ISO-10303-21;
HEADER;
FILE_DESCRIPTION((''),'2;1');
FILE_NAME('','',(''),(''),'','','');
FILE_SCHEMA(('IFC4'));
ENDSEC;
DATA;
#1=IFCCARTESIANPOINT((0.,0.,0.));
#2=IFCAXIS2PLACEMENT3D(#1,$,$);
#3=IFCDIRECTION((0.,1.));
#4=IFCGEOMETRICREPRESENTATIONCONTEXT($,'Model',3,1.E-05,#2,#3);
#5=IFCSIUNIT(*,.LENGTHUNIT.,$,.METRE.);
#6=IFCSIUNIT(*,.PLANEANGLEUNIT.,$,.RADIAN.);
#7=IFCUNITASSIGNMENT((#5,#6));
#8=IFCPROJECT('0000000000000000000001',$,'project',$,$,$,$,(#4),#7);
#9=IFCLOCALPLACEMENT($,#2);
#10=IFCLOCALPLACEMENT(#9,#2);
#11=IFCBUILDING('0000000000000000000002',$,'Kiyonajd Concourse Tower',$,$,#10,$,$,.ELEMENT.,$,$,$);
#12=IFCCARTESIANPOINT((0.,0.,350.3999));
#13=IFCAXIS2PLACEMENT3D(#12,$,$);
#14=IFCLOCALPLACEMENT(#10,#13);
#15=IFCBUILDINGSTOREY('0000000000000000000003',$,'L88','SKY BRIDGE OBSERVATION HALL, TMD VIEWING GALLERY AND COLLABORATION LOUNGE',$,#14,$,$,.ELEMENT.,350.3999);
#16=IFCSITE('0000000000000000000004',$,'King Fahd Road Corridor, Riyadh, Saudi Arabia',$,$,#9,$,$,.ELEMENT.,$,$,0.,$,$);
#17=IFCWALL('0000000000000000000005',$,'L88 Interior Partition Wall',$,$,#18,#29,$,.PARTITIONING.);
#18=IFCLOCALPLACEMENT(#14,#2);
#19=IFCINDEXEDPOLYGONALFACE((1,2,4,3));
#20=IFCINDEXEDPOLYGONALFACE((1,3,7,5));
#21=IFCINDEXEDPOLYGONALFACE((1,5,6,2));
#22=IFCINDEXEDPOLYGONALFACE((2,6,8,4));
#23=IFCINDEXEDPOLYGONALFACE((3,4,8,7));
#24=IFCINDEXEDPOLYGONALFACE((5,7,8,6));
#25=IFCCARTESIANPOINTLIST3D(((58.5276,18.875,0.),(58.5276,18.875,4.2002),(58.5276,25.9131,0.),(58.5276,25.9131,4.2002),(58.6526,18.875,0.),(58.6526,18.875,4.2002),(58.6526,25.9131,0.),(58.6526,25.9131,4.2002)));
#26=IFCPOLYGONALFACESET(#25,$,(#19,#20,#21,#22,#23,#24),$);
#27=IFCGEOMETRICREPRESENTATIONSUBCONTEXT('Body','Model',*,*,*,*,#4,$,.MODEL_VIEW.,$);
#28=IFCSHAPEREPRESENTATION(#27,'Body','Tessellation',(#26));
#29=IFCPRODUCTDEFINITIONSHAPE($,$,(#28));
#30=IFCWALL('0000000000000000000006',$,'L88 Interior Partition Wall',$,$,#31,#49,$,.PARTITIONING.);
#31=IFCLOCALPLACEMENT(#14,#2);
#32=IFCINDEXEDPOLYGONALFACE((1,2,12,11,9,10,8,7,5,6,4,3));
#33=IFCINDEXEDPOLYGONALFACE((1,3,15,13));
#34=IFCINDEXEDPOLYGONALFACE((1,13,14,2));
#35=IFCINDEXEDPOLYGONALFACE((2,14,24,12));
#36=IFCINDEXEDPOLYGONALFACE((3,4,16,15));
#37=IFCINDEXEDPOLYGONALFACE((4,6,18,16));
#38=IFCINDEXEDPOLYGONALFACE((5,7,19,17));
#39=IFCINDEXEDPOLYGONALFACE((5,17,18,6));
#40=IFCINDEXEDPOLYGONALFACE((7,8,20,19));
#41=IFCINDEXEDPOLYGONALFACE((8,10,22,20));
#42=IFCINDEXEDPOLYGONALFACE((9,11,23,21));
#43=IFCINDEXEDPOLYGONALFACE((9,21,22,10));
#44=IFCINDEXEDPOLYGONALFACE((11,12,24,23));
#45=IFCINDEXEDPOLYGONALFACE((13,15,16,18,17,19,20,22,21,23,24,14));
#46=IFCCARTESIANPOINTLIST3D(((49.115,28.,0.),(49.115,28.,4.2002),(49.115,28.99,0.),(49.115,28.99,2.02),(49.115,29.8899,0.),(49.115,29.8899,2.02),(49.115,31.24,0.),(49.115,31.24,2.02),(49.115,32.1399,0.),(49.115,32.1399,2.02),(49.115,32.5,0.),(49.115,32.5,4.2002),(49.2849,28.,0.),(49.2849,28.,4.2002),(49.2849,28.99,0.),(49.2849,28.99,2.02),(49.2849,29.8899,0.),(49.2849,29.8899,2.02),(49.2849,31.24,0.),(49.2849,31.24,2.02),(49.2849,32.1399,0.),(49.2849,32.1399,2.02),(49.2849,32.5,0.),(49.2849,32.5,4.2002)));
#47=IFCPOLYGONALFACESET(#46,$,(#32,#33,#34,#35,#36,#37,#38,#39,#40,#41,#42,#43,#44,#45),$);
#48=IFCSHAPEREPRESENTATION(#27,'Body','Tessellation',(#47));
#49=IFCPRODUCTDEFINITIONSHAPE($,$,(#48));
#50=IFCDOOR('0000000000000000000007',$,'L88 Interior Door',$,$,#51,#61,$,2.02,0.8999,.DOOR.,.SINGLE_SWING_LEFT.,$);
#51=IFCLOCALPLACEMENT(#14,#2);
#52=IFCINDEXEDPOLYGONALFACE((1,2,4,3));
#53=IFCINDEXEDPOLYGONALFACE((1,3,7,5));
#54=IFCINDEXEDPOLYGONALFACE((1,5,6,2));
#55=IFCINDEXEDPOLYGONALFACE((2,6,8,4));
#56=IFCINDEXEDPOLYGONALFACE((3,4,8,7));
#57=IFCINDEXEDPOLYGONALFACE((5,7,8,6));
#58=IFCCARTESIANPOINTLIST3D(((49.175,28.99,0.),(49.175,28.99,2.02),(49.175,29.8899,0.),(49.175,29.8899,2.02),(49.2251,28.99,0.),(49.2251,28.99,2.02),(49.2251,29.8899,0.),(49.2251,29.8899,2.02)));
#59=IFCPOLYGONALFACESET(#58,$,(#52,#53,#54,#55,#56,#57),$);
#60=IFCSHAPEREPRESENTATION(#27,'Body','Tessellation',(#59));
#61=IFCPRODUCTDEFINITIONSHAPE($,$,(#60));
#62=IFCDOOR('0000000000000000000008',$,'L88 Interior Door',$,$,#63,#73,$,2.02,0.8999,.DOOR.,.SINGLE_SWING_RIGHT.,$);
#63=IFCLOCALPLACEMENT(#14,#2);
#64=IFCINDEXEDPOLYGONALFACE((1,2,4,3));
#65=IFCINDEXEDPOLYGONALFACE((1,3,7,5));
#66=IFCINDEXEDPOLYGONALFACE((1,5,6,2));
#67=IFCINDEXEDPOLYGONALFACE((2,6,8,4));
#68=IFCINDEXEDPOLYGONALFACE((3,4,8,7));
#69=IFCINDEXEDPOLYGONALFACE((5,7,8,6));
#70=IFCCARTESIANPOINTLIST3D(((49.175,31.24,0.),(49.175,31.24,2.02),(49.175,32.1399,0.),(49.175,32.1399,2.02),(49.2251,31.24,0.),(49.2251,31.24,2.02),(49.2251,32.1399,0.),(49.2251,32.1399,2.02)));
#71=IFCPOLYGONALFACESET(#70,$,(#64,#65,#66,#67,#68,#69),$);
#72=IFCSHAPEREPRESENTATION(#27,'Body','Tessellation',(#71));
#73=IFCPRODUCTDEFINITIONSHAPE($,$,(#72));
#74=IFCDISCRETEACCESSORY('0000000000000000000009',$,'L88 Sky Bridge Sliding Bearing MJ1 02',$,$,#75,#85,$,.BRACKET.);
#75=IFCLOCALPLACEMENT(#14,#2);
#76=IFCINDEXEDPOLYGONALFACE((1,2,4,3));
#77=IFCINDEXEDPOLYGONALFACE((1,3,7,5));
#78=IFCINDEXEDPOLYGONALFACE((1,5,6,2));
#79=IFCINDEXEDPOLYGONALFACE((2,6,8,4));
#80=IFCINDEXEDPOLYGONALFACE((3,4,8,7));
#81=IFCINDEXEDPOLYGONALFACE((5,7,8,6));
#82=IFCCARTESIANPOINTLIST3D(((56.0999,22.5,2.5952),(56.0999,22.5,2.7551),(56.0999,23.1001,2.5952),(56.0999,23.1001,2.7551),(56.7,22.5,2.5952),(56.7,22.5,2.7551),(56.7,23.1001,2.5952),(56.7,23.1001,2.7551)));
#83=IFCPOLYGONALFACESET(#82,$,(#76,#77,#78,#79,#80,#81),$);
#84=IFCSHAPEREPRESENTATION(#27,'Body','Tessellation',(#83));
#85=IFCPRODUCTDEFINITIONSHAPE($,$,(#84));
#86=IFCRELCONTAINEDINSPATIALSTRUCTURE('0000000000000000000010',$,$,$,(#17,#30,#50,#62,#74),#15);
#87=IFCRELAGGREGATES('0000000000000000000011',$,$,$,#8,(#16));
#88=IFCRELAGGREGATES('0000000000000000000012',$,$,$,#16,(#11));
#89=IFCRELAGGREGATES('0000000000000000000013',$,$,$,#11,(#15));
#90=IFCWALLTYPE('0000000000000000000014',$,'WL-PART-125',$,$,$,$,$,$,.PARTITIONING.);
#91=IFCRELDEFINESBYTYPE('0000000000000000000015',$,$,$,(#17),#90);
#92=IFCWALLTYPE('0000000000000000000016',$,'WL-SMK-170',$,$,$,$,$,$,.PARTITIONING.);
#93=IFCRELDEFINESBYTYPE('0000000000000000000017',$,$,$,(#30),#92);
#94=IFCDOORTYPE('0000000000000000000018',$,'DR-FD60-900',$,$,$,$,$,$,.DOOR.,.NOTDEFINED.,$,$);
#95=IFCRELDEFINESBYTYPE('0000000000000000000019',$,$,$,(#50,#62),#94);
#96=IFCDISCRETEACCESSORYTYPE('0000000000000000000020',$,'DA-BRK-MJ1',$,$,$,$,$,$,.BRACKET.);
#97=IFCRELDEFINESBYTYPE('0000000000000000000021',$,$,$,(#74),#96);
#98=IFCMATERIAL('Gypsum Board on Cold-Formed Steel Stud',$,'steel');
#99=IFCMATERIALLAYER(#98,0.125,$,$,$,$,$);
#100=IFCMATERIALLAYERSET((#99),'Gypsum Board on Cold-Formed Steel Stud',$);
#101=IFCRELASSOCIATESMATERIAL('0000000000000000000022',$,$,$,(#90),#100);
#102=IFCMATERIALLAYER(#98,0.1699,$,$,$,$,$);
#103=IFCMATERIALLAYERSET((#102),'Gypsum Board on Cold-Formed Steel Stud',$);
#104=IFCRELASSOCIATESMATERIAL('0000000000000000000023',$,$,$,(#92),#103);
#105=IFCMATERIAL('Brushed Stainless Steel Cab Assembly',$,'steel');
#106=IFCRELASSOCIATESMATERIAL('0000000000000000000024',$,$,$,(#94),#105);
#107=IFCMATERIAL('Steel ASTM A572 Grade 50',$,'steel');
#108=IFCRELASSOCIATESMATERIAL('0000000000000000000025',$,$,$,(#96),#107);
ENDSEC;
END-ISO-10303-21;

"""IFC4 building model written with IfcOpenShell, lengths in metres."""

from ifc_helpers import new_model, si_unit, direction, frame, frame_2d, origin, origin_2d, place, context, subcontext, project, spatial, rectangle, extrude, material, layer, layer_set, type_object, element, fill, save


model = new_model("IFC4")

# Units and contexts
model_context = context("Model", 3, precision=1e-05, world=origin(), true_north=direction((0.0, 1.0)))
body_context = subcontext(model_context, "Body", "Model", "MODEL_VIEW")
ifc_project = project(units=[si_unit("LENGTHUNIT", "METRE"), si_unit("PLANEANGLEUNIT", "RADIAN")], contexts=[model_context])

# Site, building, storey
site_placement = place(None, origin())
site = spatial("IfcSite", under=ifc_project, at=site_placement, Name="King Fahd Road Corridor, Riyadh, Saudi Arabia", CompositionType="ELEMENT", RefElevation=0.0)
building_placement = place(site_placement, origin())
building = spatial("IfcBuilding", under=site, at=building_placement, Name="Kiyonajd Concourse Tower", CompositionType="ELEMENT")
storey_placement = place(building_placement, frame((0.0, 0.0, 350.3999)))
storey = spatial("IfcBuildingStorey", under=building, at=storey_placement, Name="L88", Description="SKY BRIDGE OBSERVATION HALL, TMD VIEWING GALLERY AND COLLABORATION LOUNGE", CompositionType="ELEMENT", Elevation=350.3999)

# Shared definitions
ifc_material_1 = material(Name="Steel ASTM A572 Grade 50", Category="steel")

# Shared definitions
ifc_material_2 = material(Name="Brushed Stainless Steel Cab Assembly", Category="steel")

# Wall
ifc_material_3 = material(Name="Gypsum Board on Cold-Formed Steel Stud", Category="steel")
ifc_layer_1 = layer(ifc_material_3, 0.125)
ifc_layer_set_1 = layer_set([ifc_layer_1], Name="Gypsum Board on Cold-Formed Steel Stud")
wall_type_1 = type_object("IfcWallType", Name="WL-PART-125", PredefinedType="PARTITIONING", material=ifc_layer_set_1)
wall_1_placement = place(storey_placement, frame((58.5901, 18.875, 0.0), z_axis=(0.0, 0.0, 1.0), x_axis=(0.0, 1.0, 0.0)))
element("IfcWall", 1, at=wall_1_placement, inside=storey, type_object=wall_type_1, Name="L88 Interior Partition Wall", PredefinedType="PARTITIONING", context=body_context, shape_type="SweptSolid", body=[
    extrude(rectangle(XDim=7.0381, YDim=0.125, at=frame_2d((3.519, 0.0))), origin(), (0.0, 0.0, 1.0), 4.2002),
])

# Wall, openings, doors
ifc_layer_2 = layer(ifc_material_3, 0.1699)
ifc_layer_set_2 = layer_set([ifc_layer_2], Name="Gypsum Board on Cold-Formed Steel Stud")
wall_type_2 = type_object("IfcWallType", Name="WL-SMK-170", PredefinedType="PARTITIONING", material=ifc_layer_set_2)
wall_2_placement = place(storey_placement, frame((49.2, 28.0, 0.0), z_axis=(0.0, 0.0, 1.0), x_axis=(0.0, 1.0, 0.0)))
wall_2 = element("IfcWall", 2, at=wall_2_placement, inside=storey, type_object=wall_type_2, Name="L88 Interior Partition Wall", PredefinedType="PARTITIONING", context=body_context, shape_type="SweptSolid", body=[
    extrude(rectangle(XDim=4.5, YDim=0.1699, at=frame_2d((2.25, 0.0))), origin(), (0.0, 0.0, 1.0), 4.2002),
])
opening_1_placement = place(wall_2_placement, frame((0.99, 0.0, 0.0)))
opening_1 = element("IfcOpeningElement", 3, at=opening_1_placement, cuts=wall_2, PredefinedType="OPENING", context=body_context, shape_type="SweptSolid", body=[
    extrude(rectangle(XDim=0.8999, YDim=2.02, at=frame_2d((0.45, 1.01))), frame((0.0, 0.095, 0.0), z_axis=(0.0, -1.0, 0.0), x_axis=(1.0, 0.0, 0.0)), (0.0, 0.0, 1.0), 0.1899),
])
opening_2_placement = place(wall_2_placement, frame((3.24, 0.0, 0.0)))
opening_2 = element("IfcOpeningElement", 4, at=opening_2_placement, cuts=wall_2, PredefinedType="OPENING", context=body_context, shape_type="SweptSolid", body=[
    extrude(rectangle(XDim=0.8999, YDim=2.02, at=frame_2d((0.45, 1.01))), frame((0.0, 0.095, 0.0), z_axis=(0.0, -1.0, 0.0), x_axis=(1.0, 0.0, 0.0)), (0.0, 0.0, 1.0), 0.1899),
])
door_type_1 = type_object("IfcDoorType", Name="DR-FD60-900", OperationType="NOTDEFINED", PredefinedType="DOOR", material=ifc_material_2)
door_1_placement = place(opening_1_placement, origin())
door_1 = element("IfcDoor", 5, at=door_1_placement, inside=storey, type_object=door_type_1, Name="L88 Interior Door", OperationType="SINGLE_SWING_LEFT", OverallHeight=2.02, OverallWidth=0.8999, PredefinedType="DOOR", context=body_context, shape_type="SweptSolid", body=[
    extrude(rectangle(XDim=0.8999, YDim=2.02, at=frame_2d((0.45, 1.01))), frame((0.0, 0.0249, 0.0), z_axis=(0.0, -1.0, 0.0), x_axis=(1.0, 0.0, 0.0)), (0.0, 0.0, 1.0), 0.05),
])
fill(opening_1, door_1)
door_2_placement = place(opening_2_placement, origin())
door_2 = element("IfcDoor", 6, at=door_2_placement, inside=storey, type_object=door_type_1, Name="L88 Interior Door", OperationType="SINGLE_SWING_RIGHT", OverallHeight=2.02, OverallWidth=0.8999, PredefinedType="DOOR", context=body_context, shape_type="SweptSolid", body=[
    extrude(rectangle(XDim=0.8999, YDim=2.02, at=frame_2d((0.45, 1.01))), frame((0.0, 0.0249, 0.0), z_axis=(0.0, -1.0, 0.0), x_axis=(1.0, 0.0, 0.0)), (0.0, 0.0, 1.0), 0.05),
])
fill(opening_2, door_2)

# Discrete accessory
discrete_accessory_type = type_object("IfcDiscreteAccessoryType", Name="DA-BRK-MJ1", PredefinedType="BRACKET", material=ifc_material_1)
discrete_accessory_placement = place(storey_placement, frame((56.3999, 22.8, 2.5952), z_axis=(0.0, 0.0, 1.0), x_axis=(1.0, 0.0, 0.0)))
element("IfcDiscreteAccessory", 7, at=discrete_accessory_placement, inside=storey, type_object=discrete_accessory_type, Name="L88 Sky Bridge Sliding Bearing MJ1 02", PredefinedType="BRACKET", context=body_context, shape_type="SweptSolid", body=[
    extrude(rectangle(XDim=0.6001, YDim=0.6001, at=origin_2d()), origin(), (0.0, 0.0, 1.0), 0.1599),
])

save(model, "model.ifc")
